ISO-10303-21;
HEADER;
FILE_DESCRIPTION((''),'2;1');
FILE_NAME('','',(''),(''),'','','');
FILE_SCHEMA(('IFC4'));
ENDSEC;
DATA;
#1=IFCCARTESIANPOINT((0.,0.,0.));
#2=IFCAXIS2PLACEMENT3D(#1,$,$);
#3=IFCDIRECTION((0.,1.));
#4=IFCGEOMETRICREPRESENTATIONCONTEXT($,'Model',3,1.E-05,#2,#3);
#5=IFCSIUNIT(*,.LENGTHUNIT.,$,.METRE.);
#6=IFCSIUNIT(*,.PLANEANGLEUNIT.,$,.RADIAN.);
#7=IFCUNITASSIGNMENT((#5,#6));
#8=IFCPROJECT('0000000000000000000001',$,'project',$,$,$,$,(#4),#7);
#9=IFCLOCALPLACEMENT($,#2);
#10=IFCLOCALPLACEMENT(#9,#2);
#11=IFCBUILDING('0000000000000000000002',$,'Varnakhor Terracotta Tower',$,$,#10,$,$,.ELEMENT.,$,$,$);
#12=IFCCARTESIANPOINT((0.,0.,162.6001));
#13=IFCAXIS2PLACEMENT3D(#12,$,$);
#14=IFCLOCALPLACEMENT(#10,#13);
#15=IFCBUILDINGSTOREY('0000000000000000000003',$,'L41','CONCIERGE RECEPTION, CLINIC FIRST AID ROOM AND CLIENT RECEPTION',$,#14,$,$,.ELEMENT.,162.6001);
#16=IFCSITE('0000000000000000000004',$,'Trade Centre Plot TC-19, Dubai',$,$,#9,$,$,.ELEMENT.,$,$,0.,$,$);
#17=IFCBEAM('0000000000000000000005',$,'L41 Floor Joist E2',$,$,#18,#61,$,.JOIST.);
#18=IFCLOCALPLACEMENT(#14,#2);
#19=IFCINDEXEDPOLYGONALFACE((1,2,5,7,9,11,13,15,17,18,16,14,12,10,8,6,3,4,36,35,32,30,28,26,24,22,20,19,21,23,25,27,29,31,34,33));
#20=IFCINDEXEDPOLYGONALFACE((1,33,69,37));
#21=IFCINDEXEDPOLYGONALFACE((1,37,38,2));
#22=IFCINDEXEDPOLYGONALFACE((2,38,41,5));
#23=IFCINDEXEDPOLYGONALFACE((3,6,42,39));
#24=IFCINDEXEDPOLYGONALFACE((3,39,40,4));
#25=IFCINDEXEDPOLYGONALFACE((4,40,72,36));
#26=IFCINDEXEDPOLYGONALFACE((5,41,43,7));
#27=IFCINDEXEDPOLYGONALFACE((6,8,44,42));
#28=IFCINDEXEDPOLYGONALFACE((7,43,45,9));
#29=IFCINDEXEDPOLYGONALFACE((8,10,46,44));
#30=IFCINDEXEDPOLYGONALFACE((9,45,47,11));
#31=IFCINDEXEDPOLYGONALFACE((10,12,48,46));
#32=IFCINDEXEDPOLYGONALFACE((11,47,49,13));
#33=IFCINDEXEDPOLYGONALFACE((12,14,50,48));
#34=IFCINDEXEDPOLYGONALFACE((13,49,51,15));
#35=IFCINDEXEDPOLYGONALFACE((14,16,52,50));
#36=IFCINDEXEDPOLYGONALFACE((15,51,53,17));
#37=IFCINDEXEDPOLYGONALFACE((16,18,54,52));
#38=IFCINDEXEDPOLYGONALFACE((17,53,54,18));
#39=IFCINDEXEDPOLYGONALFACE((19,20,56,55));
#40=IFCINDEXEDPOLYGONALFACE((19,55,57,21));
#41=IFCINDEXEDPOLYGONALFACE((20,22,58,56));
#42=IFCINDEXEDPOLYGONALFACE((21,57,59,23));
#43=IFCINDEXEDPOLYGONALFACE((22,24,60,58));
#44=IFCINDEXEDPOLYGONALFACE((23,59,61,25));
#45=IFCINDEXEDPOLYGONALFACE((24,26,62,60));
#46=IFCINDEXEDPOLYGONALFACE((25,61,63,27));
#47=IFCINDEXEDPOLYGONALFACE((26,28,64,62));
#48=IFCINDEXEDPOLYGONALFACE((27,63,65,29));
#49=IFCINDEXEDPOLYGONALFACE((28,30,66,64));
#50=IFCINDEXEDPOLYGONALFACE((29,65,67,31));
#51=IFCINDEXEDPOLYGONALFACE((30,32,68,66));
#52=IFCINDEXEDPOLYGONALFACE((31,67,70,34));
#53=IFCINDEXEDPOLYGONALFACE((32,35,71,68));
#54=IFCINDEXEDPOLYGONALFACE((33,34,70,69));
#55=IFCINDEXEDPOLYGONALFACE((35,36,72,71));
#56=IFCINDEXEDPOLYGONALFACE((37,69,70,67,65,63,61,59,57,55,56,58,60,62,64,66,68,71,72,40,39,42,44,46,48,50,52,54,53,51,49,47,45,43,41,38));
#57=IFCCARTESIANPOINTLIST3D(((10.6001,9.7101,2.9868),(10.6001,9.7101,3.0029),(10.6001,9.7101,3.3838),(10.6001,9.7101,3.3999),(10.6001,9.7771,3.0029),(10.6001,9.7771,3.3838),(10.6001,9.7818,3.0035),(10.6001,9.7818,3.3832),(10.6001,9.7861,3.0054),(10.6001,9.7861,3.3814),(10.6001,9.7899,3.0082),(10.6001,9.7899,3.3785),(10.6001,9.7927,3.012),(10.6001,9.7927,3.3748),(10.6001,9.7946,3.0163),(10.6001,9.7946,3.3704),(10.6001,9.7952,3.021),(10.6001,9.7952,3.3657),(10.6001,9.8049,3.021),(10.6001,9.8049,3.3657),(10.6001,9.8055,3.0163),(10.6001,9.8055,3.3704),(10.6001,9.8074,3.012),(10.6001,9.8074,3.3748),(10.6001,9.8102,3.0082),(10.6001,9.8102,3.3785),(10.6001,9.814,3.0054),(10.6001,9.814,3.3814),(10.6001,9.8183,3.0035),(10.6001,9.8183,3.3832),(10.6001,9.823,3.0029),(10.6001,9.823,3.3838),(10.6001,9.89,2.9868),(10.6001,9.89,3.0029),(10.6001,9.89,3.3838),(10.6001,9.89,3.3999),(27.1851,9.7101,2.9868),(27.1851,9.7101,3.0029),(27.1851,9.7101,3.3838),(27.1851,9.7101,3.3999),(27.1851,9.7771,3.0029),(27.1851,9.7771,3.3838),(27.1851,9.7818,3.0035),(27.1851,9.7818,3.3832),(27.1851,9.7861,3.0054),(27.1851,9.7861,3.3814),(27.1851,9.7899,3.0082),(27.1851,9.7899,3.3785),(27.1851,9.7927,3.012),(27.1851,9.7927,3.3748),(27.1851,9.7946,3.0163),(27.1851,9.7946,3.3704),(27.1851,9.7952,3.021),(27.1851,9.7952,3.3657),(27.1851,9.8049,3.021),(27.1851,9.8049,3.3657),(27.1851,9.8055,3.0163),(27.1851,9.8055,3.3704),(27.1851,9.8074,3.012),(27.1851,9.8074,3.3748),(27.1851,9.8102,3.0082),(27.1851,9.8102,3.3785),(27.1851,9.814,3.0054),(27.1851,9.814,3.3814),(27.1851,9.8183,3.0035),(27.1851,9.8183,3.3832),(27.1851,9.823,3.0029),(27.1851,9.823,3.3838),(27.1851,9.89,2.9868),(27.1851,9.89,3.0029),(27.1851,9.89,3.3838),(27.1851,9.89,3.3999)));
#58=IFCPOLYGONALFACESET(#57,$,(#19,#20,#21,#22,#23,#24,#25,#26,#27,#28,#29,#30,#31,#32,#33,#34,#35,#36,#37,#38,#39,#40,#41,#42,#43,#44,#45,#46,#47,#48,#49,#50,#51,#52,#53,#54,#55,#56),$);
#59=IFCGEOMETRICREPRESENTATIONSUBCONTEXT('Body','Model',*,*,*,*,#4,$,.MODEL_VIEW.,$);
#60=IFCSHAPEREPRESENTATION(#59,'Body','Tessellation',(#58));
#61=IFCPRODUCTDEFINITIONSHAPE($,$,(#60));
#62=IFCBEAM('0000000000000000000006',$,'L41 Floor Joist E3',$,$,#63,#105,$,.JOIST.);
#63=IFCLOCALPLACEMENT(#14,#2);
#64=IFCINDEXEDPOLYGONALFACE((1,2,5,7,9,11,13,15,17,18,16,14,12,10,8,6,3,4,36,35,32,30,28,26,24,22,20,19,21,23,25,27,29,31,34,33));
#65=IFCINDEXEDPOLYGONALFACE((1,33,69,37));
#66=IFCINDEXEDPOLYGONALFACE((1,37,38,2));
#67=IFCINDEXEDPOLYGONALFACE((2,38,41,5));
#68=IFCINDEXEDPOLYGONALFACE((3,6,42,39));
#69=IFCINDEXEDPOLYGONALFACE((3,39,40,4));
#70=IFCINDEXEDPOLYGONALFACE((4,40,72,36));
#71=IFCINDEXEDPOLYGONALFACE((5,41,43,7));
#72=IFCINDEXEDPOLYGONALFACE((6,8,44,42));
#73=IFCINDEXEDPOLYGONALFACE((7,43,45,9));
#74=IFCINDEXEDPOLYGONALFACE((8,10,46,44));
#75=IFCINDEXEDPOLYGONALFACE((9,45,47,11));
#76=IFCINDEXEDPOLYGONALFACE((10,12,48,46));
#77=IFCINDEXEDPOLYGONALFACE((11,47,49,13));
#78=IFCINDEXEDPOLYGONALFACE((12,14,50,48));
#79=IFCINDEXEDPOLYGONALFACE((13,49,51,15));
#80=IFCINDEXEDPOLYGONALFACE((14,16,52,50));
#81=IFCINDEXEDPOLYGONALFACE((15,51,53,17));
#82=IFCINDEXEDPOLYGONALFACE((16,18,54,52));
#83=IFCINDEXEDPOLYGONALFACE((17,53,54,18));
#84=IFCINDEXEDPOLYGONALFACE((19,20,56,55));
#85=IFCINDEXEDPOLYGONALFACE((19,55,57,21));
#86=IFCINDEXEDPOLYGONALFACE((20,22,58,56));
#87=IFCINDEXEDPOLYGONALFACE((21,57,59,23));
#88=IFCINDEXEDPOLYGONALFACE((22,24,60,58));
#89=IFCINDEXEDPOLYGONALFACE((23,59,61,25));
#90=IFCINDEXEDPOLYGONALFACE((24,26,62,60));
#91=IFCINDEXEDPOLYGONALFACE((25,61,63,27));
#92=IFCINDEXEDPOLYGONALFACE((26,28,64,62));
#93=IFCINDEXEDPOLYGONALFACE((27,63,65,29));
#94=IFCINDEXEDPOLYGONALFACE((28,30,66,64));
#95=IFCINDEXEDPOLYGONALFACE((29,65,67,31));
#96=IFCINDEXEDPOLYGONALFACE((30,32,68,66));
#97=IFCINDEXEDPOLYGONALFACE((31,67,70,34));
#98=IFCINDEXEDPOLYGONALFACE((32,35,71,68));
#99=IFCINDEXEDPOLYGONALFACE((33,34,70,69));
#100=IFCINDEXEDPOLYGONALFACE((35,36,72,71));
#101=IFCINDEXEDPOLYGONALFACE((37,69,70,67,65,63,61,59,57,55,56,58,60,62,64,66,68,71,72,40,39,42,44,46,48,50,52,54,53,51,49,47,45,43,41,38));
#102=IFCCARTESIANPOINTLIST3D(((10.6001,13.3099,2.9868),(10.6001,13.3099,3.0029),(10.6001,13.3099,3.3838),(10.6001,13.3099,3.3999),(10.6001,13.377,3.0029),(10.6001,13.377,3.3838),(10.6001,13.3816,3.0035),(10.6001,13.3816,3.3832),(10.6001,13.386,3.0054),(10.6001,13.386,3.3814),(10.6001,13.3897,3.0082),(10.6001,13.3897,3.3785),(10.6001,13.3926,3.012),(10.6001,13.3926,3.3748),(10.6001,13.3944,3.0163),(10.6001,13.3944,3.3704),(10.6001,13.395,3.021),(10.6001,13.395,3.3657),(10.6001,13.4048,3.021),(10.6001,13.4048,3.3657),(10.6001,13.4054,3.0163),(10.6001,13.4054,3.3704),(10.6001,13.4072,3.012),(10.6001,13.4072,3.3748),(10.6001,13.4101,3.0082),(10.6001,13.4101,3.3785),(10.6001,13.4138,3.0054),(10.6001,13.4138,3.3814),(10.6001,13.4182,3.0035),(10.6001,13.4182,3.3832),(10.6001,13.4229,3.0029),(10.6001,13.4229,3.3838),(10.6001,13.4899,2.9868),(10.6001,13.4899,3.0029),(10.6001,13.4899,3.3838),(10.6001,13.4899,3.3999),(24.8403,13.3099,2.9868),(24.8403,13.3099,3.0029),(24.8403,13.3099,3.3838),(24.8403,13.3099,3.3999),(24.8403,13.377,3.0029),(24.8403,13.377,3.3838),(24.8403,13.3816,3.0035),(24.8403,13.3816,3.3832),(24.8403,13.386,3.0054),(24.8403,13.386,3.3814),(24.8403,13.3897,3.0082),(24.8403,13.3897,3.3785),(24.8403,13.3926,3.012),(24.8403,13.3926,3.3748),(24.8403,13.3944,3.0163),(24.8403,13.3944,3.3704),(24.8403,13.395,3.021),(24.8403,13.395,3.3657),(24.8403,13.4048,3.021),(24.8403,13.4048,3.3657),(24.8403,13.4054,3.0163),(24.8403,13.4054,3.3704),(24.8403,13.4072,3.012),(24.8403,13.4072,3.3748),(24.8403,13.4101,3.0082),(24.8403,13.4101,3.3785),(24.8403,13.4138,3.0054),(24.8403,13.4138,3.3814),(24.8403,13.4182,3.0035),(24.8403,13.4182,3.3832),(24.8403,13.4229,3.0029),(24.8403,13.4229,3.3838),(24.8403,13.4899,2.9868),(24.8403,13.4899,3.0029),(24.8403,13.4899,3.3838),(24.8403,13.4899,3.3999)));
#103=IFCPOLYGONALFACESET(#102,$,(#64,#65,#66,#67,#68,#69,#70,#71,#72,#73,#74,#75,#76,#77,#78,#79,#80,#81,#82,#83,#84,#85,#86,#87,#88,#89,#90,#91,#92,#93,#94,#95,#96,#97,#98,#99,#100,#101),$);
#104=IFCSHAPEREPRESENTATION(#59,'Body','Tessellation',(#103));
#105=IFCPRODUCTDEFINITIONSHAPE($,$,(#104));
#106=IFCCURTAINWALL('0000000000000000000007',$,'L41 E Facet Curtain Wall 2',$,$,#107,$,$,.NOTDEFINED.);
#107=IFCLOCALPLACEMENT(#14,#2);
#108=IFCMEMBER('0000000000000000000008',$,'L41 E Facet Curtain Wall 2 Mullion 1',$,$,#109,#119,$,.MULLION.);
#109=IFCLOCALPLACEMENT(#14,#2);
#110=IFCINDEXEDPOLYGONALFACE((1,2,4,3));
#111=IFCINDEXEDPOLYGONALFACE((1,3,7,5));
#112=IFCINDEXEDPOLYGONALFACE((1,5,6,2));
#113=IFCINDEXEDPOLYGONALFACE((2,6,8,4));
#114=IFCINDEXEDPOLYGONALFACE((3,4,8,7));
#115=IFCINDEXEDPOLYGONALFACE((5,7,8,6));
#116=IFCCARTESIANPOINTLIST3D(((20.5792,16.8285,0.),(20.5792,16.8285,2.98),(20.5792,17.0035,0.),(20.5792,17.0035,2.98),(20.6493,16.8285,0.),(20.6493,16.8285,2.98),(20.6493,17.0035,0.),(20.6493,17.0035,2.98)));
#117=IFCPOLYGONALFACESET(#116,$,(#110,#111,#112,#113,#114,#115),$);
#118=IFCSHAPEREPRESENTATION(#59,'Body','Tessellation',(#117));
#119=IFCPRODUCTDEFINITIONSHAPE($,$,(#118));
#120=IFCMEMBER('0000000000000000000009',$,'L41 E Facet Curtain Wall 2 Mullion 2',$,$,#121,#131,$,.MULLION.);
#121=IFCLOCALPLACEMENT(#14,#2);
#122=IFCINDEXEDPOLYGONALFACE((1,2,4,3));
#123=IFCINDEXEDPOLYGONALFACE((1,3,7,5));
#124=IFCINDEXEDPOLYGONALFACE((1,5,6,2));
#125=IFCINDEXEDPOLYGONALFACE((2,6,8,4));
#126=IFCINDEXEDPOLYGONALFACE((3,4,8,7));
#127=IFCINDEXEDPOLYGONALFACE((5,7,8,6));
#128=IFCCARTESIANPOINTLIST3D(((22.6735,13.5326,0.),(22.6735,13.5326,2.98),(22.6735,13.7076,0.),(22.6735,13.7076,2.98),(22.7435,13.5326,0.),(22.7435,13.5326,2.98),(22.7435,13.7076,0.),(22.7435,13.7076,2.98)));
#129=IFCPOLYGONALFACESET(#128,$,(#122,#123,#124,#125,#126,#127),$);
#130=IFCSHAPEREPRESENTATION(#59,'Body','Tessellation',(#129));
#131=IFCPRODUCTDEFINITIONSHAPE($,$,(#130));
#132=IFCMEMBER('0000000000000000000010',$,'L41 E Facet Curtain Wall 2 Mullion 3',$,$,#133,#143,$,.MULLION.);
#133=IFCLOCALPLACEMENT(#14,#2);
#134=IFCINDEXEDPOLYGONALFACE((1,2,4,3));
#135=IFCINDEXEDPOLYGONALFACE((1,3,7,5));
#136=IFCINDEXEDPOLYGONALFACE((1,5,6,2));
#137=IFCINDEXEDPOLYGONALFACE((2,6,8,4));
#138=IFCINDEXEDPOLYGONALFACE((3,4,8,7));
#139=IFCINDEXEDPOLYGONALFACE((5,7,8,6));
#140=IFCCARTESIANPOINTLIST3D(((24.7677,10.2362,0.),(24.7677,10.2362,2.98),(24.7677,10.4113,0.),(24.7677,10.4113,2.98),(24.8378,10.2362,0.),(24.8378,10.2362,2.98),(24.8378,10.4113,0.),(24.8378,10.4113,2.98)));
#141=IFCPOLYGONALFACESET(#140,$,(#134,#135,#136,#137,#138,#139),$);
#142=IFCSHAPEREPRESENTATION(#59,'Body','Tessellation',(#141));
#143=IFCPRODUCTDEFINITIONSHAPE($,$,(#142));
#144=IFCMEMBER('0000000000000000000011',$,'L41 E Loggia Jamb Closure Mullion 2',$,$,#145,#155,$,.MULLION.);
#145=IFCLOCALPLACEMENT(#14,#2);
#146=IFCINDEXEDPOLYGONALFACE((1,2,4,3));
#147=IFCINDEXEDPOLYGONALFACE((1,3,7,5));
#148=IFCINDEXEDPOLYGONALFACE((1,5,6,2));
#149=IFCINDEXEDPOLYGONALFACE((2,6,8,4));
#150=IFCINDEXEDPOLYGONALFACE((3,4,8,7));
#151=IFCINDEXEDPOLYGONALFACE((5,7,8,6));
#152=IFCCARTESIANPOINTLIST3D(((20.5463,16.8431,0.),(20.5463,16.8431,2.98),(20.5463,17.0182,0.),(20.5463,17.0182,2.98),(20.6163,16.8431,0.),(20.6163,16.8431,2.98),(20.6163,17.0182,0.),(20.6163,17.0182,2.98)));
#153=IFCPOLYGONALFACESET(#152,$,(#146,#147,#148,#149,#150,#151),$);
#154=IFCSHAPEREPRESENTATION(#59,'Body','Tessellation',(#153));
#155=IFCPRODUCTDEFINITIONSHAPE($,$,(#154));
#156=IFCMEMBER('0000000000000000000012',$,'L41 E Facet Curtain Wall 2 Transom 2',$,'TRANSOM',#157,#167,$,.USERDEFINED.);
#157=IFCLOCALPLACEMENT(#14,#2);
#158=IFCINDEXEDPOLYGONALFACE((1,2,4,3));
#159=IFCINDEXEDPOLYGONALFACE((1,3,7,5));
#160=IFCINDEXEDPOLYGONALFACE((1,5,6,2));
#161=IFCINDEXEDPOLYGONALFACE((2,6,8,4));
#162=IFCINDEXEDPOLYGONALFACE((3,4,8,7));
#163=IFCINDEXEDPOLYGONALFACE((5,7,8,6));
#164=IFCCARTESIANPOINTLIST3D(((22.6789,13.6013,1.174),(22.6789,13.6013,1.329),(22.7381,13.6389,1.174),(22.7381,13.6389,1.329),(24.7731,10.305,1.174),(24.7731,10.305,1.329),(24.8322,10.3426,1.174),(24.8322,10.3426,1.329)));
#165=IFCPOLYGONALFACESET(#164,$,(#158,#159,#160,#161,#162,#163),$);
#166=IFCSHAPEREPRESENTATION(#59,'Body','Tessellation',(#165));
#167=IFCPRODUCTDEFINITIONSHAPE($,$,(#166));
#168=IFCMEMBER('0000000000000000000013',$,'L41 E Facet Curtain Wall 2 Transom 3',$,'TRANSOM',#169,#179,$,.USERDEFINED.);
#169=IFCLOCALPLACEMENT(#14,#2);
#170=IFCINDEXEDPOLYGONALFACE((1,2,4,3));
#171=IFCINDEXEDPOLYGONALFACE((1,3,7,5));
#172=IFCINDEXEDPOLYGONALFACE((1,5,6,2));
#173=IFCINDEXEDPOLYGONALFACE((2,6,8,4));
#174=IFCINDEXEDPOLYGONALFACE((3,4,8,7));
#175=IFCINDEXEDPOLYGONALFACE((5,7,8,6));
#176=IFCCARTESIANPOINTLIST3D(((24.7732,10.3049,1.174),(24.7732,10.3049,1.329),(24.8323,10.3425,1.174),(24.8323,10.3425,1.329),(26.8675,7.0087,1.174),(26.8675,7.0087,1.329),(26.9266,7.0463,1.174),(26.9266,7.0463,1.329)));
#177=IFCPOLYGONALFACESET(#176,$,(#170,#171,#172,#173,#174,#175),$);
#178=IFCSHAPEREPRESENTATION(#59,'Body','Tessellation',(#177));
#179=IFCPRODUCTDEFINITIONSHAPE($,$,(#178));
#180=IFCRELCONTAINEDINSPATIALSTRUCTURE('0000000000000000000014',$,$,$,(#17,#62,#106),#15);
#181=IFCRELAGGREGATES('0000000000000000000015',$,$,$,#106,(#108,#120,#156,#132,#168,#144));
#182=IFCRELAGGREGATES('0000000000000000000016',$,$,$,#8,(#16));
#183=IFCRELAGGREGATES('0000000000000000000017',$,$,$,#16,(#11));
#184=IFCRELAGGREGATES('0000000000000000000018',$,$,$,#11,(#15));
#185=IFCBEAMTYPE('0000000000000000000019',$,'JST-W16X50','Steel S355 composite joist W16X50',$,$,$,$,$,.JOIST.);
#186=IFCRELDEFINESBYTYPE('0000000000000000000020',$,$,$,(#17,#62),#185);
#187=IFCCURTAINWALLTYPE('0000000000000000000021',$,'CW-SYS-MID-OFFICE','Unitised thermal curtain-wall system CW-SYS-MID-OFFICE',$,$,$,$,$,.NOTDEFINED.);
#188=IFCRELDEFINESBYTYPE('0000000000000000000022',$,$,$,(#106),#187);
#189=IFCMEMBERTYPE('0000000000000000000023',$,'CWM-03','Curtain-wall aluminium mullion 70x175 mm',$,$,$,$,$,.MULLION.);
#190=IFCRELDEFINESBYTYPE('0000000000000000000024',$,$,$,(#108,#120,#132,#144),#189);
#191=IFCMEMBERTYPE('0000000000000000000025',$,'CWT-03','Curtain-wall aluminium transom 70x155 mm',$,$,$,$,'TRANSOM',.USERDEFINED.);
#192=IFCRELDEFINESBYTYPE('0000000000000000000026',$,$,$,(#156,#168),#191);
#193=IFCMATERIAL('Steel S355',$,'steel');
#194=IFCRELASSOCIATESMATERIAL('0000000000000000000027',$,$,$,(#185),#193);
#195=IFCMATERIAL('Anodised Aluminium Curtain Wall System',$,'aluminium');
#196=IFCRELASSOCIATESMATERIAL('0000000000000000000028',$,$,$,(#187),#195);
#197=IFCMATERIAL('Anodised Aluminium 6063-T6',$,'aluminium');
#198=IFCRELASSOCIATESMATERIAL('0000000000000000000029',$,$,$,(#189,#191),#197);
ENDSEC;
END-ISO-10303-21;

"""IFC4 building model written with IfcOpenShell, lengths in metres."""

from ifc_helpers import new_model, si_unit, direction, frame, origin, origin_2d, place, context, subcontext, project, spatial, rectangle, i_section, extrude, source, transform, mapped, material, material_profile, profile_set, type_object, element, aggregate, save


model = new_model("IFC4")

# Units and contexts
model_context = context("Model", 3, precision=1e-05, world=origin(), true_north=direction((0.0, 1.0)))
body_context = subcontext(model_context, "Body", "Model", "MODEL_VIEW")
ifc_project = project(units=[si_unit("LENGTHUNIT", "METRE"), si_unit("PLANEANGLEUNIT", "RADIAN")], contexts=[model_context])

# Site, building, storey
site_placement = place(None, origin())
site = spatial("IfcSite", under=ifc_project, at=site_placement, Name="Trade Centre Plot TC-19, Dubai", CompositionType="ELEMENT", RefElevation=0.0)
building_placement = place(site_placement, origin())
building = spatial("IfcBuilding", under=site, at=building_placement, Name="Varnakhor Terracotta Tower", CompositionType="ELEMENT")
storey_placement = place(building_placement, frame((0.0, 0.0, 162.6001)))
storey = spatial("IfcBuildingStorey", under=building, at=storey_placement, Name="L41", Description="CONCIERGE RECEPTION, CLINIC FIRST AID ROOM AND CLIENT RECEPTION", CompositionType="ELEMENT", Elevation=162.6001)

# Beams
ifc_material_1 = material(Name="Steel S355", Category="steel")
ifc_material_profile_1 = material_profile(ifc_material_1, i_section(OverallWidth=0.1799, OverallDepth=0.4131, WebThickness=0.0098, FlangeThickness=0.0161, FilletRadius=0.0181, at=origin_2d()), Name="W16X50")
ifc_profile_set_1 = profile_set([ifc_material_profile_1], Name="Steel S355")
beam_type = type_object("IfcBeamType", Name="JST-W16X50", Description="Steel S355 composite joist W16X50", PredefinedType="JOIST", material=ifc_profile_set_1)
shared_shape_1 = source(origin(), body_context, "Body", "SweptSolid", [
    extrude(i_section(OverallWidth=0.1799, OverallDepth=0.4131, WebThickness=0.0098, FlangeThickness=0.0161, FilletRadius=0.0181, at=origin_2d()), origin(), (0.0, 0.0, 1.0), 16.585),
])
beam_1_placement = place(storey_placement, frame((10.6001, 9.8, 3.1934), z_axis=(1.0, 0.0, 0.0), x_axis=(0.0, 1.0, 0.0)))
element("IfcBeam", 1, at=beam_1_placement, inside=storey, type_object=beam_type, Name="L41 Floor Joist E2", PredefinedType="JOIST", context=body_context, shape_type="MappedRepresentation", body=[
    mapped(shared_shape_1, transform((0.0, 0.0, 0.0), scale=1.0)),
])
shared_shape_2 = source(origin(), body_context, "Body", "SweptSolid", [
    extrude(i_section(OverallWidth=0.1799, OverallDepth=0.4131, WebThickness=0.0098, FlangeThickness=0.0161, FilletRadius=0.0181, at=origin_2d()), origin(), (0.0, 0.0, 1.0), 14.2402),
])
beam_2_placement = place(storey_placement, frame((10.6001, 13.3999, 3.1934), z_axis=(1.0, 0.0, 0.0), x_axis=(0.0, 1.0, 0.0)))
element("IfcBeam", 2, at=beam_2_placement, inside=storey, type_object=beam_type, Name="L41 Floor Joist E3", PredefinedType="JOIST", context=body_context, shape_type="MappedRepresentation", body=[
    mapped(shared_shape_2, transform((0.0, 0.0, 0.0), scale=1.0)),
])

# Curtain wall, members
ifc_material_2 = material(Name="Anodised Aluminium Curtain Wall System", Category="aluminium")
curtain_wall_type = type_object("IfcCurtainWallType", Name="CW-SYS-MID-OFFICE", Description="Unitised thermal curtain-wall system CW-SYS-MID-OFFICE", PredefinedType="NOTDEFINED", material=ifc_material_2)
curtain_wall_placement = place(storey_placement, origin())
curtain_wall = element("IfcCurtainWall", 3, at=curtain_wall_placement, inside=storey, type_object=curtain_wall_type, Name="L41 E Facet Curtain Wall 2", PredefinedType="NOTDEFINED")
ifc_material_3 = material(Name="Anodised Aluminium 6063-T6", Category="aluminium")
ifc_material_profile_2 = material_profile(ifc_material_3, rectangle(XDim=0.0701, YDim=0.175, at=origin_2d()), Name="ALU MULLION 70x175")
ifc_profile_set_2 = profile_set([ifc_material_profile_2], Name="Anodised Aluminium 6063-T6")
member_type_1 = type_object("IfcMemberType", Name="CWM-03", Description="Curtain-wall aluminium mullion 70x175 mm", PredefinedType="MULLION", material=ifc_profile_set_2)
shared_shape_3 = source(origin(), body_context, "Body", "SweptSolid", [
    extrude(rectangle(XDim=0.0701, YDim=0.175, at=origin_2d()), origin(), (0.0, 0.0, 1.0), 2.98),
])
member_1_placement = place(storey_placement, frame((20.6143, 16.916, 0.0), z_axis=(0.0, 0.0, 1.0), x_axis=(1.0, 0.0, 0.0)))
member_1 = element("IfcMember", 4, at=member_1_placement, type_object=member_type_1, Name="L41 E Facet Curtain Wall 2 Mullion 1", PredefinedType="MULLION", context=body_context, shape_type="MappedRepresentation", body=[
    mapped(shared_shape_3, transform((0.0, 0.0, 0.0), scale=1.0)),
])
member_2_placement = place(storey_placement, frame((22.7085, 13.6201, 0.0), z_axis=(0.0, 0.0, 1.0), x_axis=(1.0, 0.0, 0.0)))
member_2 = element("IfcMember", 5, at=member_2_placement, type_object=member_type_1, Name="L41 E Facet Curtain Wall 2 Mullion 2", PredefinedType="MULLION", context=body_context, shape_type="MappedRepresentation", body=[
    mapped(shared_shape_3, transform((0.0, 0.0, 0.0), scale=1.0)),
])
member_3_placement = place(storey_placement, frame((24.8027, 10.3237, 0.0), z_axis=(0.0, 0.0, 1.0), x_axis=(1.0, 0.0, 0.0)))
member_3 = element("IfcMember", 6, at=member_3_placement, type_object=member_type_1, Name="L41 E Facet Curtain Wall 2 Mullion 3", PredefinedType="MULLION", context=body_context, shape_type="MappedRepresentation", body=[
    mapped(shared_shape_3, transform((0.0, 0.0, 0.0), scale=1.0)),
])
member_4_placement = place(storey_placement, frame((20.5813, 16.9307, 0.0), z_axis=(0.0, 0.0, 1.0), x_axis=(1.0, 0.0, 0.0)))
member_4 = element("IfcMember", 7, at=member_4_placement, type_object=member_type_1, Name="L41 E Loggia Jamb Closure Mullion 2", PredefinedType="MULLION", context=body_context, shape_type="MappedRepresentation", body=[
    mapped(shared_shape_3, transform((0.0, 0.0, 0.0), scale=1.0)),
])
ifc_material_profile_3 = material_profile(ifc_material_3, rectangle(XDim=0.0701, YDim=0.155, at=origin_2d()), Name="ALU TRANSOM 70x155")
ifc_profile_set_3 = profile_set([ifc_material_profile_3], Name="Anodised Aluminium 6063-T6")
member_type_2 = type_object("IfcMemberType", Name="CWT-03", Description="Curtain-wall aluminium transom 70x155 mm", ElementType="TRANSOM", PredefinedType="USERDEFINED", material=ifc_profile_set_3)
shared_shape_4 = source(origin(), body_context, "Body", "SweptSolid", [
    extrude(rectangle(XDim=0.0701, YDim=0.155, at=origin_2d()), origin(), (0.0, 0.0, 1.0), 3.9053),
])
member_5_placement = place(storey_placement, frame((22.7085, 13.6201, 1.2515), z_axis=(0.536244, -0.844063, 0.0), x_axis=(0.844063, 0.536244, 0.0)))
member_5 = element("IfcMember", 8, at=member_5_placement, type_object=member_type_2, Name="L41 E Facet Curtain Wall 2 Transom 2", ObjectType="TRANSOM", PredefinedType="USERDEFINED", context=body_context, shape_type="MappedRepresentation", body=[
    mapped(shared_shape_4, transform((0.0, 0.0, 0.0), scale=1.0)),
])
member_6_placement = place(storey_placement, frame((24.8027, 10.3237, 1.2515), z_axis=(0.536273, -0.844045, 0.0), x_axis=(0.844045, 0.536273, 0.0)))
member_6 = element("IfcMember", 9, at=member_6_placement, type_object=member_type_2, Name="L41 E Facet Curtain Wall 2 Transom 3", ObjectType="TRANSOM", PredefinedType="USERDEFINED", context=body_context, shape_type="MappedRepresentation", body=[
    mapped(shared_shape_4, transform((0.0, 0.0, 0.0), scale=1.0)),
])
aggregate(curtain_wall, [member_1, member_2, member_5, member_3, member_6, member_4])

save(model, "model.ifc")
